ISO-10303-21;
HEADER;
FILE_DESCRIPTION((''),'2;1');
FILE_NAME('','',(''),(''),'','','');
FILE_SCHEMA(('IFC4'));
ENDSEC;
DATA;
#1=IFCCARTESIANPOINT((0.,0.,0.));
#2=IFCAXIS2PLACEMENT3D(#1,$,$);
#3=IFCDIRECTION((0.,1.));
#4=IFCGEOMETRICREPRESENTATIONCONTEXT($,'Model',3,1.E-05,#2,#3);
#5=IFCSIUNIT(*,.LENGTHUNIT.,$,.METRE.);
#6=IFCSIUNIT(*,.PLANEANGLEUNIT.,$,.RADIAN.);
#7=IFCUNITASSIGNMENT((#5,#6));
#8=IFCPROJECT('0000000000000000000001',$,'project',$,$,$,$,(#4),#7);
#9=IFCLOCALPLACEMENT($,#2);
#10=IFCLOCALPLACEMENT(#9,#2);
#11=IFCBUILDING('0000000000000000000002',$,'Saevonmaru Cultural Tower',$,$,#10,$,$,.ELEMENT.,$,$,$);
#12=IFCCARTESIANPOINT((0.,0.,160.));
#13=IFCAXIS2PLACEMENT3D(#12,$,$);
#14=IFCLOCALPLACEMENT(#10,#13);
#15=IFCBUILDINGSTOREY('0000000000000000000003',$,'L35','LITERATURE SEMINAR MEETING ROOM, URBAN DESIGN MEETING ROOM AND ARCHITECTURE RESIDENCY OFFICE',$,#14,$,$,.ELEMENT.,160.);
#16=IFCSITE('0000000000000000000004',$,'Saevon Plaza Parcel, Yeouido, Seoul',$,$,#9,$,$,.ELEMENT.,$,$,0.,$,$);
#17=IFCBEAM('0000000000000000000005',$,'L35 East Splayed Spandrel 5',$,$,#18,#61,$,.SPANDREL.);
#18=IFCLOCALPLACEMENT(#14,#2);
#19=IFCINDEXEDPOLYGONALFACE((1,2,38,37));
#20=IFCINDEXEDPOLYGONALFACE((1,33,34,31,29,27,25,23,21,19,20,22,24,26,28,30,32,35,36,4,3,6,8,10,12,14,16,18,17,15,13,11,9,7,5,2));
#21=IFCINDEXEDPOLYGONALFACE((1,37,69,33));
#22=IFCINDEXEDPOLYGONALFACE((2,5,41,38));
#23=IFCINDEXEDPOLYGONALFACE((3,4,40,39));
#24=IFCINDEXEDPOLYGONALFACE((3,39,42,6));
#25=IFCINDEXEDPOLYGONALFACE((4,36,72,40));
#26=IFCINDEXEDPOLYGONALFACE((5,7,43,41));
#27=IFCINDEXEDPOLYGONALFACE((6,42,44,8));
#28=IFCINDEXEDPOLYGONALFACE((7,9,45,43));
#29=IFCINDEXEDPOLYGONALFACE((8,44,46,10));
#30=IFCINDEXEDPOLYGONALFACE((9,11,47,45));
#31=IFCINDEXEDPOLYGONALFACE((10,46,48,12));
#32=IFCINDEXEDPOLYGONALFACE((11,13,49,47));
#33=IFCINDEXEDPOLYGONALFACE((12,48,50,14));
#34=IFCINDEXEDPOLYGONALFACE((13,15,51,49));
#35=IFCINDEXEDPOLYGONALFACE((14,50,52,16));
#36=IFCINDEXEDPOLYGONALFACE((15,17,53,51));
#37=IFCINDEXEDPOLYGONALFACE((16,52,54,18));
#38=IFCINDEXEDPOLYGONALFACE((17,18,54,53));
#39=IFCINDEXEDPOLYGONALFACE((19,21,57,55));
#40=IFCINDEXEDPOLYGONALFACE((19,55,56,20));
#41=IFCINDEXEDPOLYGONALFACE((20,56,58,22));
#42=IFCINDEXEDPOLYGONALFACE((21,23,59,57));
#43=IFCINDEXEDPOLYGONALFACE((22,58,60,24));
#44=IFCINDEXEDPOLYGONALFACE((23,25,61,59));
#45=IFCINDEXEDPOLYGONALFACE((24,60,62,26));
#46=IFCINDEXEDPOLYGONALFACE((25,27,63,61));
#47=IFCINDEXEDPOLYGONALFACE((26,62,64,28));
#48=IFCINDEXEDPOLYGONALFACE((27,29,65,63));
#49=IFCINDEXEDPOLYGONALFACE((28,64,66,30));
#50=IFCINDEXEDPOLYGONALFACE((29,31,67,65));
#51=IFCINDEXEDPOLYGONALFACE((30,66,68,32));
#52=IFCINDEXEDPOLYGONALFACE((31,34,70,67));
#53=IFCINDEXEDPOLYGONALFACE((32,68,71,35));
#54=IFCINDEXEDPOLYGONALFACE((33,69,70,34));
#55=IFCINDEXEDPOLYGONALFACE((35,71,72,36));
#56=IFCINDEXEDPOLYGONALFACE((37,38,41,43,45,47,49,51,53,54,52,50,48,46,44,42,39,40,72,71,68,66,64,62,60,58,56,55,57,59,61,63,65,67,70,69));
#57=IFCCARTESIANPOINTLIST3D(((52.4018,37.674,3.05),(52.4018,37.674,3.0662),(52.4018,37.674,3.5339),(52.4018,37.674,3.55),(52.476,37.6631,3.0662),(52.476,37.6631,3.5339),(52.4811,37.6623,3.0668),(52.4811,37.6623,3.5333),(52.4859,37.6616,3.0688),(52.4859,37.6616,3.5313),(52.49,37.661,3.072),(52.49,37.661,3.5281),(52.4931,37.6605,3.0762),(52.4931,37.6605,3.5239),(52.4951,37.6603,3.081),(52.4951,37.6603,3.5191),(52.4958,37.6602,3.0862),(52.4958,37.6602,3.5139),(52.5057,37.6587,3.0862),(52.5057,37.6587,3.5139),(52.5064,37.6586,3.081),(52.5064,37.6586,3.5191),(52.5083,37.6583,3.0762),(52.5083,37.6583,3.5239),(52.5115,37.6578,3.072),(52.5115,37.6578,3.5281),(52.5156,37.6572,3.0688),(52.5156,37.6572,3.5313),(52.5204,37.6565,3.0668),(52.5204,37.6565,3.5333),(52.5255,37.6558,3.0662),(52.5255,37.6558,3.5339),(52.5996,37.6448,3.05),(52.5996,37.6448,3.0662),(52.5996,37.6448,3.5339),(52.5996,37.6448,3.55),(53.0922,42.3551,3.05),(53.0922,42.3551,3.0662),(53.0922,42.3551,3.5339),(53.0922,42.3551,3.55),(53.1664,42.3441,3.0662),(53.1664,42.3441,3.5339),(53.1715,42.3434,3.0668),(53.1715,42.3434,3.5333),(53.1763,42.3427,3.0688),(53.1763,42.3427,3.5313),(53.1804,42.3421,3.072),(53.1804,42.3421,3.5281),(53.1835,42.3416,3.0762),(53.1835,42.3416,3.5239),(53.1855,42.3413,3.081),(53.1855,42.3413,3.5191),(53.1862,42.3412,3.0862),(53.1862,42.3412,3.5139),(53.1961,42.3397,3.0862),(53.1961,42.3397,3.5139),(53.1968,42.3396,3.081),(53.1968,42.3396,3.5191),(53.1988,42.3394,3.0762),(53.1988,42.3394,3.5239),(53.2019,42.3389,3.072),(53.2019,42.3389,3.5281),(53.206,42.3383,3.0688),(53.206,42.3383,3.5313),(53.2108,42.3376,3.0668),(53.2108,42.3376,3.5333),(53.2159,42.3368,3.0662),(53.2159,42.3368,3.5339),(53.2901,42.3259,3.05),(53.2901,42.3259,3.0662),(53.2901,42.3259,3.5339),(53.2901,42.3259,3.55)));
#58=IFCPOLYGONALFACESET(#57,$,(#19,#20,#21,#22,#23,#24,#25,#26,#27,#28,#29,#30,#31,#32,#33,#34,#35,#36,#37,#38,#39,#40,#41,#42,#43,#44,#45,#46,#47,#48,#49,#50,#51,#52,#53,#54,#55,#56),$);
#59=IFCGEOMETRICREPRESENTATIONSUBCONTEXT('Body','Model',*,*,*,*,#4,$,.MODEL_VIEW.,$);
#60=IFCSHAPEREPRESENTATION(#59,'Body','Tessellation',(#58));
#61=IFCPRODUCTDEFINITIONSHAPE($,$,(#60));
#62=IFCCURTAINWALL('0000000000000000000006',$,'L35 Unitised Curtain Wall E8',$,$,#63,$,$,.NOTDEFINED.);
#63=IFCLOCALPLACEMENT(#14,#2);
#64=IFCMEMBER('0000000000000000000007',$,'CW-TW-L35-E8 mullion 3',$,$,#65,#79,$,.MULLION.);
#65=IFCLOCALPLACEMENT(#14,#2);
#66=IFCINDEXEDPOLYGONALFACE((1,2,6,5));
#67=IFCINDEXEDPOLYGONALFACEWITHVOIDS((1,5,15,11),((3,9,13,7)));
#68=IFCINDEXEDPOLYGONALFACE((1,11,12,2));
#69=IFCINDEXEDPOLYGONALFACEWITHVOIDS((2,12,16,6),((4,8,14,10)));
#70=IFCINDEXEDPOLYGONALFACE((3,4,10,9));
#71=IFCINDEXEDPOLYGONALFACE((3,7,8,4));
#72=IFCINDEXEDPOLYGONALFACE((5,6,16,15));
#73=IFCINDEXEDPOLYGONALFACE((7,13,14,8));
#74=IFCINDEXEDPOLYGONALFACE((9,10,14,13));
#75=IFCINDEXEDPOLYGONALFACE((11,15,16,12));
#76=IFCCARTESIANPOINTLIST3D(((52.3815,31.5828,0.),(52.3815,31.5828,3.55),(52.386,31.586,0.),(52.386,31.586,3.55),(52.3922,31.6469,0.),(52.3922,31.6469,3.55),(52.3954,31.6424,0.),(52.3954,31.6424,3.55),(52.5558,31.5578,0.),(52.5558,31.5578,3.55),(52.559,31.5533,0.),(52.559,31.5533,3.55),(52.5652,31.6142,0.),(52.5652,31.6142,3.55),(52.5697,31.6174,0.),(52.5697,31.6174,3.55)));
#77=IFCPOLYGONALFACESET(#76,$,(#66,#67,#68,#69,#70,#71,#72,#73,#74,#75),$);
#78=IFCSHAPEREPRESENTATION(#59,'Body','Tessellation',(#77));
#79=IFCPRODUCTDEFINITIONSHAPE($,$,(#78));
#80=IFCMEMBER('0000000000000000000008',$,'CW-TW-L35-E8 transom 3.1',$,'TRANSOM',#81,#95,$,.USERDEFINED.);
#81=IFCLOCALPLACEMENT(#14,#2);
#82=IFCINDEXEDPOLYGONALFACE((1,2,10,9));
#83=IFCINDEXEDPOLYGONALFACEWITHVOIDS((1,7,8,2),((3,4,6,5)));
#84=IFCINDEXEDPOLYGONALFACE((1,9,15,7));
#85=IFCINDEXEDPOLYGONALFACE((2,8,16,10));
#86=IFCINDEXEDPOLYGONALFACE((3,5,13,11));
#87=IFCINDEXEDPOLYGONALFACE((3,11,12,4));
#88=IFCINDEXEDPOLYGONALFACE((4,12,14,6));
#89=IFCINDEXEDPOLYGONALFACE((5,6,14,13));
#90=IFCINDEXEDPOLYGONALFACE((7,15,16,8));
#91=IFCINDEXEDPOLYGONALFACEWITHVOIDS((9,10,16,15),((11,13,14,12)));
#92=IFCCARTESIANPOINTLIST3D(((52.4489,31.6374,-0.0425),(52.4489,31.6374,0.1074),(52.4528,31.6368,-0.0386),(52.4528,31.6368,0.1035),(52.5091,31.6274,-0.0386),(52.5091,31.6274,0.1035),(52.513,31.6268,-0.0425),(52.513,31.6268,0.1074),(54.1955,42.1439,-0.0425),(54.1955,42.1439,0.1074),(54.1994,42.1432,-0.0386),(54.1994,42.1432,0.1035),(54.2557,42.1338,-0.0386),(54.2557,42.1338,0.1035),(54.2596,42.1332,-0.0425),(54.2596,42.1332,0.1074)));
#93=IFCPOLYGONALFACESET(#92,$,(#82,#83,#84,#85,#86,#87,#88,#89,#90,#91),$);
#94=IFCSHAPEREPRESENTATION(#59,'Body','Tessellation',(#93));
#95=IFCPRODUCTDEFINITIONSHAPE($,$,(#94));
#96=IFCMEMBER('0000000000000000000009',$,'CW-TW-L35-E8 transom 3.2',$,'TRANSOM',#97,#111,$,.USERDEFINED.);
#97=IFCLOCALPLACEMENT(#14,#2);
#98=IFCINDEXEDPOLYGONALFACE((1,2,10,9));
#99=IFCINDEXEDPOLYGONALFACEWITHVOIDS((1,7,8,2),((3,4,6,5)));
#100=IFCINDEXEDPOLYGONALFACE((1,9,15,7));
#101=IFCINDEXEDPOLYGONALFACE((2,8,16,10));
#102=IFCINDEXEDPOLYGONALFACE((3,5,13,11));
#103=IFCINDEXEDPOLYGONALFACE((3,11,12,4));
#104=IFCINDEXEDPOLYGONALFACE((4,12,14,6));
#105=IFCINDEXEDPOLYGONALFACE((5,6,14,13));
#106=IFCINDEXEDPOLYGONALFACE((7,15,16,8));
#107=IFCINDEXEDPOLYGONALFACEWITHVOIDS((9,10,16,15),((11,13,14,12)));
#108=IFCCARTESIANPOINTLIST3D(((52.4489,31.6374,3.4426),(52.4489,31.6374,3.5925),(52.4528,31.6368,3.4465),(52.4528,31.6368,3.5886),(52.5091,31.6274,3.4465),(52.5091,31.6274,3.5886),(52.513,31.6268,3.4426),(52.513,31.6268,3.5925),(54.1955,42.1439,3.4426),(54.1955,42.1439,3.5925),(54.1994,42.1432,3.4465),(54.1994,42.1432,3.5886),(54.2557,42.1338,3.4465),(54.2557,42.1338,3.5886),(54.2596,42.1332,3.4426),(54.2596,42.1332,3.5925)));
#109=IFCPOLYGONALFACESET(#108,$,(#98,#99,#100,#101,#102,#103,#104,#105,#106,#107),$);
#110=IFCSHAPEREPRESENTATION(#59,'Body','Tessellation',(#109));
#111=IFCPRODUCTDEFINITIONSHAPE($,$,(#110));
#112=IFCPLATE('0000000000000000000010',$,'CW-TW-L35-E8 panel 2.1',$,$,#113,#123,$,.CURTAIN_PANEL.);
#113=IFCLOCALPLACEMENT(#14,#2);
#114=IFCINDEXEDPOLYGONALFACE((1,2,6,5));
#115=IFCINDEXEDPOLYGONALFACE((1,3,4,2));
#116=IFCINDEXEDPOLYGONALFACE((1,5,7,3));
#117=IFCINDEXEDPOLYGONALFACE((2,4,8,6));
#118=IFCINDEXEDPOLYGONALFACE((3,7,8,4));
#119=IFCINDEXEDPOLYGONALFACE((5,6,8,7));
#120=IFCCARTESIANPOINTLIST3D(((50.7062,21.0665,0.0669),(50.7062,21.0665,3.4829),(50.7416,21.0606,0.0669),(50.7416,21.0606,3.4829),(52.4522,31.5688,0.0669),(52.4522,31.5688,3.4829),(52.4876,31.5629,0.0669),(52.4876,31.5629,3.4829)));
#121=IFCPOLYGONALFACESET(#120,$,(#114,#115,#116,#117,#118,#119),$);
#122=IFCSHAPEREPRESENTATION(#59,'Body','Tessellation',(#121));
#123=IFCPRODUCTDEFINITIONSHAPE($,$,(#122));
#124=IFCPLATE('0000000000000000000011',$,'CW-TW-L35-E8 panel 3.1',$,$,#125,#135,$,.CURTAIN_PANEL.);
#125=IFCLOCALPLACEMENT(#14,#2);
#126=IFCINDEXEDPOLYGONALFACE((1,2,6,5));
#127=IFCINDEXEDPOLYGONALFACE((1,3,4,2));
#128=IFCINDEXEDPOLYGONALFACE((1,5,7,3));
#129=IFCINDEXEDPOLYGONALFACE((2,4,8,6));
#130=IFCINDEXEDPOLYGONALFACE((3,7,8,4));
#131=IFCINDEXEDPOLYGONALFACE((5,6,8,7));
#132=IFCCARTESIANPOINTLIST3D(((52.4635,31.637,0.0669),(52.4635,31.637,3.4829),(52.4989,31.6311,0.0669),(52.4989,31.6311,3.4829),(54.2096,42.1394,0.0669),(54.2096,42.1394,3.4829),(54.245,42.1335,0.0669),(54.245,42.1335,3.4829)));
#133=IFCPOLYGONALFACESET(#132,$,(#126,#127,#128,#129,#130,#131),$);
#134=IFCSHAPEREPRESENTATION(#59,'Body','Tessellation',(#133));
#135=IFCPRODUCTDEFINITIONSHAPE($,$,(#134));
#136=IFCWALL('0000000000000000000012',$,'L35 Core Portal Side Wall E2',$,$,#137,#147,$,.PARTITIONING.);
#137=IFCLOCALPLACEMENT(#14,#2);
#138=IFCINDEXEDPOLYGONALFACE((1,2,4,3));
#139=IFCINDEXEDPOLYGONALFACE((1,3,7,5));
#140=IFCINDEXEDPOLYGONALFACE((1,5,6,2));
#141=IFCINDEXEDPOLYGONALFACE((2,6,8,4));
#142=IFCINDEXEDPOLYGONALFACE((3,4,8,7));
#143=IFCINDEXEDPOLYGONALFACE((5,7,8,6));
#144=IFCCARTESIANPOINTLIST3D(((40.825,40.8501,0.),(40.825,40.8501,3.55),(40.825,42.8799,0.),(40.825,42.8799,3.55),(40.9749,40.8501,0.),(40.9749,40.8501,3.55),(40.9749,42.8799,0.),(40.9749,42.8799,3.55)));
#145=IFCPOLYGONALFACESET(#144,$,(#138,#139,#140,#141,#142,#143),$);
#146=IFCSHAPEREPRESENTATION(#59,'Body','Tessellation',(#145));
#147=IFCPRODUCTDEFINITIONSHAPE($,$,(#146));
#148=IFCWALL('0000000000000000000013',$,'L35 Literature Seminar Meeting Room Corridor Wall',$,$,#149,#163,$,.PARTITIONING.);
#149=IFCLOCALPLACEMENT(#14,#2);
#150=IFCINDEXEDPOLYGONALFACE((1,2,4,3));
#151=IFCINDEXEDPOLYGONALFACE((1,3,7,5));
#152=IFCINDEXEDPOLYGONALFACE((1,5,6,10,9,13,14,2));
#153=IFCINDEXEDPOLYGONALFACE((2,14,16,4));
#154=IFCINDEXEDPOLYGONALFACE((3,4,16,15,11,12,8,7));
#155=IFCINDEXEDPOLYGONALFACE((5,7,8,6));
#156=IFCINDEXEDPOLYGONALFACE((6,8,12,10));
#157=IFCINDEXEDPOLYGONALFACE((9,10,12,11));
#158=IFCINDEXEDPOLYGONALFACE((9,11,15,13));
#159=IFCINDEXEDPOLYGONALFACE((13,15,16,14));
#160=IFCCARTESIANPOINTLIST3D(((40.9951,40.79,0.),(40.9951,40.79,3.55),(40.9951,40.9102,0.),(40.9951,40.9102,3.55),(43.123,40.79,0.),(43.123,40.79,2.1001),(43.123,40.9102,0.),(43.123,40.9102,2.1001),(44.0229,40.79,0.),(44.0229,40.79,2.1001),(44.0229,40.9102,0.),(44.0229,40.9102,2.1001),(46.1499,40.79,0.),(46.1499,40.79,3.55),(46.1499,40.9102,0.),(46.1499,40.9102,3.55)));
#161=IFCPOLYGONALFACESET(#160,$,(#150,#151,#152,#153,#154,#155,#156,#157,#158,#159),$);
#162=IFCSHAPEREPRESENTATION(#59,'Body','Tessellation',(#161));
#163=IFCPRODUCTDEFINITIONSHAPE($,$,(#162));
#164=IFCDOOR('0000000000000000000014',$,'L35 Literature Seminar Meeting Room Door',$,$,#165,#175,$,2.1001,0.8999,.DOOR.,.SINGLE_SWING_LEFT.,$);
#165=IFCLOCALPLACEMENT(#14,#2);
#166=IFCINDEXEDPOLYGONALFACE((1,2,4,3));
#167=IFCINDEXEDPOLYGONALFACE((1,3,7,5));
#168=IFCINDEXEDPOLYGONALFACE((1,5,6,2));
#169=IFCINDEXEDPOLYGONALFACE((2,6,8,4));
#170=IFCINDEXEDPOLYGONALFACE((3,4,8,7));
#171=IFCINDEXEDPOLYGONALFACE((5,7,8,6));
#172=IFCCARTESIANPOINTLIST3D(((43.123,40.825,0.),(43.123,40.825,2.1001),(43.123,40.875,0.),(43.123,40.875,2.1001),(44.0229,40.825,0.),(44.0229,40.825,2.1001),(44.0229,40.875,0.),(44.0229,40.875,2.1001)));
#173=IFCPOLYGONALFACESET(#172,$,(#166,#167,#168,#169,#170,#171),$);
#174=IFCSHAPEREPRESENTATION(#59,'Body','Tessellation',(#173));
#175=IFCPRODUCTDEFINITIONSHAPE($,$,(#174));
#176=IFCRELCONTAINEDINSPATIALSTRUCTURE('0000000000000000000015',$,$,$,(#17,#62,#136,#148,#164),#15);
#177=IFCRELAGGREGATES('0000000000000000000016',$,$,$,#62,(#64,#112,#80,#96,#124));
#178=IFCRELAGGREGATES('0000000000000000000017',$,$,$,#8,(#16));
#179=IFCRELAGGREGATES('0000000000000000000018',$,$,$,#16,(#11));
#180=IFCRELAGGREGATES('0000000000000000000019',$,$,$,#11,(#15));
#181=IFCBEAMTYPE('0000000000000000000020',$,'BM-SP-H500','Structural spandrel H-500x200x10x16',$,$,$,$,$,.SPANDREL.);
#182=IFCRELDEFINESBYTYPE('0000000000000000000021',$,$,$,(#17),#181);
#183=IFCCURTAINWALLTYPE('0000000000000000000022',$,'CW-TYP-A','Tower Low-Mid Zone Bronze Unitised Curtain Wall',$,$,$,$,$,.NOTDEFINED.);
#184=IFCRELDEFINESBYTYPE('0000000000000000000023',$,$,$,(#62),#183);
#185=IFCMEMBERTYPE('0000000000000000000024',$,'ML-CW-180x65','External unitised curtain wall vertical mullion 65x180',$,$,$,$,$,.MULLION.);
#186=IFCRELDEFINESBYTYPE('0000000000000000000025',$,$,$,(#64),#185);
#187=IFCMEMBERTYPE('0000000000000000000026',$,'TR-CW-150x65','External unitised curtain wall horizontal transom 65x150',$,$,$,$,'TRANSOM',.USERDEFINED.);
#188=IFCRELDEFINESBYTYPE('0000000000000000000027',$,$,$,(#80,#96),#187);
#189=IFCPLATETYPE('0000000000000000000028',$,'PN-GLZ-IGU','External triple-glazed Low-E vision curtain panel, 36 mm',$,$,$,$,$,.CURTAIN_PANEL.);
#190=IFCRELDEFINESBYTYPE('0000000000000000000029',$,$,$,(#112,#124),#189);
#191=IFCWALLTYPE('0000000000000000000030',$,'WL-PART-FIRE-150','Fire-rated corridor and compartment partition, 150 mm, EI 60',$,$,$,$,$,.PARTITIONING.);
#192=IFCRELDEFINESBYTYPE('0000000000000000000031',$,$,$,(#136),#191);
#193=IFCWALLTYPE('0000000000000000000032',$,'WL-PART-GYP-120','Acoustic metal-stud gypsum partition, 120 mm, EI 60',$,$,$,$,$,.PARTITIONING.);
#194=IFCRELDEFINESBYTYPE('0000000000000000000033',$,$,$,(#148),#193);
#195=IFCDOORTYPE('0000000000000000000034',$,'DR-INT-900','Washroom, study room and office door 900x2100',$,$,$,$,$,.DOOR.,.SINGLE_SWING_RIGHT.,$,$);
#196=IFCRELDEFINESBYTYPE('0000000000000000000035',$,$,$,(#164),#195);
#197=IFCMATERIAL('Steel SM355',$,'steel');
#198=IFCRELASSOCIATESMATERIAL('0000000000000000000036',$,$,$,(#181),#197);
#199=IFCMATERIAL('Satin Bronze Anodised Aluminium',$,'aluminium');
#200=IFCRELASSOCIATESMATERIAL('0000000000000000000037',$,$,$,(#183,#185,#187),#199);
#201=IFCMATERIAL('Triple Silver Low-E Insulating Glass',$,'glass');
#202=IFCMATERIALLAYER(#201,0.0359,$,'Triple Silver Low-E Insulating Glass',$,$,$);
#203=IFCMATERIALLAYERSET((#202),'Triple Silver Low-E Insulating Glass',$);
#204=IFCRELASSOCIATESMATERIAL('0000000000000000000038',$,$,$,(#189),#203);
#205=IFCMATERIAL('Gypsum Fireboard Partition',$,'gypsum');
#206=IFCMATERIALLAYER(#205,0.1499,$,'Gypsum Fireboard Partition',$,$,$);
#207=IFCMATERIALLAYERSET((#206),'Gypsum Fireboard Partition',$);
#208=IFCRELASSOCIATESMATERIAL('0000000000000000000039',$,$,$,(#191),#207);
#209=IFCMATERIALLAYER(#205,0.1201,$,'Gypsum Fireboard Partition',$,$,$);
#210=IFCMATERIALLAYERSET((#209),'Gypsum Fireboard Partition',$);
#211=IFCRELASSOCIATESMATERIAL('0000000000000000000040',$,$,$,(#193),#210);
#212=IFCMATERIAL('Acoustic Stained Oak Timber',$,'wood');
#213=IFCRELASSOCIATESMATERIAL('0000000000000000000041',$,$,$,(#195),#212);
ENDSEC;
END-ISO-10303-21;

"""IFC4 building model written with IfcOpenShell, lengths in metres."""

from ifc_helpers import new_model, si_unit, direction, frame, frame_2d, origin, origin_2d, place, context, subcontext, project, spatial, rectangle, hollow_rectangle, i_section, extrude, material, layer, layer_set, material_profile, profile_set, type_object, element, fill, aggregate, save


model = new_model("IFC4")

# Units and contexts
model_context = context("Model", 3, precision=1e-05, world=origin(), true_north=direction((0.0, 1.0)))
body_context = subcontext(model_context, "Body", "Model", "MODEL_VIEW")
ifc_project = project(units=[si_unit("LENGTHUNIT", "METRE"), si_unit("PLANEANGLEUNIT", "RADIAN")], contexts=[model_context])

# Site, building, storey
site_placement = place(None, origin())
site = spatial("IfcSite", under=ifc_project, at=site_placement, Name="Saevon Plaza Parcel, Yeouido, Seoul", CompositionType="ELEMENT", RefElevation=0.0)
building_placement = place(site_placement, origin())
building = spatial("IfcBuilding", under=site, at=building_placement, Name="Saevonmaru Cultural Tower", CompositionType="ELEMENT")
storey_placement = place(building_placement, frame((0.0, 0.0, 160.0)))
storey = spatial("IfcBuildingStorey", under=building, at=storey_placement, Name="L35", Description="LITERATURE SEMINAR MEETING ROOM, URBAN DESIGN MEETING ROOM AND ARCHITECTURE RESIDENCY OFFICE", CompositionType="ELEMENT", Elevation=160.0)

# Shared definitions
ifc_material_1 = material(Name="Steel SM355", Category="steel")

# Beam
ifc_material_profile_1 = material_profile(ifc_material_1, i_section(OverallWidth=0.2, OverallDepth=0.5, WebThickness=0.01, FlangeThickness=0.0161, FilletRadius=0.02, at=origin_2d()), Name="H-500x200x10x16")
ifc_profile_set_1 = profile_set([ifc_material_profile_1], Name="Steel SM355")
beam_type_1 = type_object("IfcBeamType", Name="BM-SP-H500", Description="Structural spandrel H-500x200x10x16", PredefinedType="SPANDREL", material=ifc_profile_set_1)
beam_1_placement = place(storey_placement, frame((52.5007, 37.6594, 3.3), z_axis=(0.145913, 0.989297, 0.0), x_axis=(-0.989297, 0.145913, 0.0)))
element("IfcBeam", 1, at=beam_1_placement, inside=storey, type_object=beam_type_1, Name="L35 East Splayed Spandrel 5", PredefinedType="SPANDREL", context=body_context, shape_type="SweptSolid", body=[
    extrude(i_section(OverallWidth=0.2, OverallDepth=0.5, WebThickness=0.01, FlangeThickness=0.0161, FilletRadius=0.02, at=origin_2d()), origin(), (0.0, 0.0, 1.0), 4.7317),
])

# Curtain wall, members, plates
ifc_material_2 = material(Name="Satin Bronze Anodised Aluminium", Category="aluminium")
curtain_wall_type = type_object("IfcCurtainWallType", Name="CW-TYP-A", Description="Tower Low-Mid Zone Bronze Unitised Curtain Wall", PredefinedType="NOTDEFINED", material=ifc_material_2)
curtain_wall_placement = place(storey_placement, origin())
curtain_wall = element("IfcCurtainWall", 2, at=curtain_wall_placement, inside=storey, type_object=curtain_wall_type, Name="L35 Unitised Curtain Wall E8", PredefinedType="NOTDEFINED")
ifc_material_profile_2 = material_profile(ifc_material_2, hollow_rectangle(XDim=0.0649, YDim=0.1799, WallThickness=0.0039, at=origin_2d()), Name="ALU-MULL-180x65x4")
ifc_profile_set_2 = profile_set([ifc_material_profile_2], Name="Satin Bronze Anodised Aluminium")
member_type_1 = type_object("IfcMemberType", Name="ML-CW-180x65", Description="External unitised curtain wall vertical mullion 65x180", PredefinedType="MULLION", material=ifc_profile_set_2)
member_1_placement = place(storey_placement, frame((52.4756, 31.6001, 0.0), z_axis=(0.0, 0.0, 1.0), x_axis=(0.163999, 0.986461, 0.0)))
member_1 = element("IfcMember", 3, at=member_1_placement, type_object=member_type_1, Name="CW-TW-L35-E8 mullion 3", PredefinedType="MULLION", context=body_context, shape_type="SweptSolid", body=[
    extrude(hollow_rectangle(XDim=0.0649, YDim=0.1799, WallThickness=0.0039, at=origin_2d()), origin(), (0.0, 0.0, 1.0), 3.55),
])
ifc_material_profile_3 = material_profile(ifc_material_2, hollow_rectangle(XDim=0.0649, YDim=0.1499, WallThickness=0.0039, at=origin_2d()), Name="ALU-TRAN-150x65x4")
ifc_profile_set_3 = profile_set([ifc_material_profile_3], Name="Satin Bronze Anodised Aluminium")
member_type_2 = type_object("IfcMemberType", Name="TR-CW-150x65", Description="External unitised curtain wall horizontal transom 65x150", ElementType="TRANSOM", PredefinedType="USERDEFINED", material=ifc_profile_set_3)
member_2_placement = place(storey_placement, frame((52.481, 31.6321, 0.0325), z_axis=(0.16399, 0.986462, 0.0), x_axis=(-0.986462, 0.16399, 0.0)))
member_2 = element("IfcMember", 4, at=member_2_placement, type_object=member_type_2, Name="CW-TW-L35-E8 transom 3.1", ObjectType="TRANSOM", PredefinedType="USERDEFINED", context=body_context, shape_type="SweptSolid", body=[
    extrude(hollow_rectangle(XDim=0.0649, YDim=0.1499, WallThickness=0.0039, at=origin_2d()), origin(), (0.0, 0.0, 1.0), 10.6506),
])
member_3_placement = place(storey_placement, frame((52.481, 31.6321, 3.5176), z_axis=(0.16399, 0.986462, 0.0), x_axis=(-0.986462, 0.16399, 0.0)))
member_3 = element("IfcMember", 5, at=member_3_placement, type_object=member_type_2, Name="CW-TW-L35-E8 transom 3.2", ObjectType="TRANSOM", PredefinedType="USERDEFINED", context=body_context, shape_type="SweptSolid", body=[
    extrude(hollow_rectangle(XDim=0.0649, YDim=0.1499, WallThickness=0.0039, at=origin_2d()), origin(), (0.0, 0.0, 1.0), 10.6506),
])
ifc_material_3 = material(Name="Triple Silver Low-E Insulating Glass", Category="glass")
ifc_layer_1 = layer(ifc_material_3, 0.0359, Name="Triple Silver Low-E Insulating Glass")
ifc_layer_set_1 = layer_set([ifc_layer_1], Name="Triple Silver Low-E Insulating Glass")
plate_type = type_object("IfcPlateType", Name="PN-GLZ-IGU", Description="External triple-glazed Low-E vision curtain panel, 36 mm", PredefinedType="CURTAIN_PANEL", material=ifc_layer_set_1)
plate_1_placement = place(storey_placement, frame((51.5969, 26.3147, 0.0669), z_axis=(0.0, 0.0, 1.0), x_axis=(0.163999, 0.986461, 0.0)))
plate_1 = element("IfcPlate", 6, at=plate_1_placement, type_object=plate_type, Name="CW-TW-L35-E8 panel 2.1", PredefinedType="CURTAIN_PANEL", context=body_context, shape_type="SweptSolid", body=[
    extrude(rectangle(XDim=10.6465, YDim=0.0359, at=origin_2d()), origin(), (0.0, 0.0, 1.0), 3.416),
])
plate_2_placement = place(storey_placement, frame((53.3542, 36.8853, 0.0669), z_axis=(0.0, 0.0, 1.0), x_axis=(0.163999, 0.986461, 0.0)))
plate_2 = element("IfcPlate", 7, at=plate_2_placement, type_object=plate_type, Name="CW-TW-L35-E8 panel 3.1", PredefinedType="CURTAIN_PANEL", context=body_context, shape_type="SweptSolid", body=[
    extrude(rectangle(XDim=10.6465, YDim=0.0359, at=origin_2d()), origin(), (0.0, 0.0, 1.0), 3.416),
])
aggregate(curtain_wall, [member_1, plate_1, member_2, member_3, plate_2])

# Wall
ifc_material_4 = material(Name="Gypsum Fireboard Partition", Category="gypsum")
ifc_layer_2 = layer(ifc_material_4, 0.1499, Name="Gypsum Fireboard Partition")
ifc_layer_set_2 = layer_set([ifc_layer_2], Name="Gypsum Fireboard Partition")
wall_type_1 = type_object("IfcWallType", Name="WL-PART-FIRE-150", Description="Fire-rated corridor and compartment partition, 150 mm, EI 60", PredefinedType="PARTITIONING", material=ifc_layer_set_2)
wall_1_placement = place(storey_placement, frame((40.8999, 40.8501, 0.0), z_axis=(0.0, 0.0, 1.0), x_axis=(0.0, 1.0, 0.0)))
element("IfcWall", 8, at=wall_1_placement, inside=storey, type_object=wall_type_1, Name="L35 Core Portal Side Wall E2", PredefinedType="PARTITIONING", context=body_context, shape_type="SweptSolid", body=[
    extrude(rectangle(XDim=2.0298, YDim=0.1499, at=frame_2d((1.0149, 0.0))), origin(), (0.0, 0.0, 1.0), 3.55),
])

# Wall, opening, door
ifc_layer_3 = layer(ifc_material_4, 0.1201, Name="Gypsum Fireboard Partition")
ifc_layer_set_3 = layer_set([ifc_layer_3], Name="Gypsum Fireboard Partition")
wall_type_2 = type_object("IfcWallType", Name="WL-PART-GYP-120", Description="Acoustic metal-stud gypsum partition, 120 mm, EI 60", PredefinedType="PARTITIONING", material=ifc_layer_set_3)
wall_2_placement = place(storey_placement, frame((40.9951, 40.8501, 0.0), z_axis=(0.0, 0.0, 1.0), x_axis=(1.0, 0.0, 0.0)))
wall_2 = element("IfcWall", 9, at=wall_2_placement, inside=storey, type_object=wall_type_2, Name="L35 Literature Seminar Meeting Room Corridor Wall", PredefinedType="PARTITIONING", context=body_context, shape_type="SweptSolid", body=[
    extrude(rectangle(XDim=5.1548, YDim=0.1201, at=frame_2d((2.5774, 0.0))), origin(), (0.0, 0.0, 1.0), 3.55),
])
opening_1_placement = place(wall_2_placement, frame((2.1279, 0.0, 0.0)))
opening_1 = element("IfcOpeningElement", 10, at=opening_1_placement, cuts=wall_2, PredefinedType="OPENING", context=body_context, shape_type="SweptSolid", body=[
    extrude(rectangle(XDim=0.8999, YDim=2.1001, at=frame_2d((0.45, 1.05))), frame((0.0, 0.0701, 0.0), z_axis=(0.0, -1.0, 0.0), x_axis=(1.0, 0.0, 0.0)), (0.0, 0.0, 1.0), 0.1401),
])
ifc_material_5 = material(Name="Acoustic Stained Oak Timber", Category="wood")
door_type = type_object("IfcDoorType", Name="DR-INT-900", Description="Washroom, study room and office door 900x2100", OperationType="SINGLE_SWING_RIGHT", PredefinedType="DOOR", material=ifc_material_5)
door_1_placement = place(opening_1_placement, origin())
door_1 = element("IfcDoor", 11, at=door_1_placement, inside=storey, type_object=door_type, Name="L35 Literature Seminar Meeting Room Door", OperationType="SINGLE_SWING_LEFT", OverallHeight=2.1001, OverallWidth=0.8999, PredefinedType="DOOR", context=body_context, shape_type="SweptSolid", body=[
    extrude(rectangle(XDim=0.8999, YDim=2.1001, at=frame_2d((0.45, 1.05))), frame((0.0, 0.0249, 0.0), z_axis=(0.0, -1.0, 0.0), x_axis=(1.0, 0.0, 0.0)), (0.0, 0.0, 1.0), 0.05),
])
fill(opening_1, door_1)

save(model, "model.ifc")
